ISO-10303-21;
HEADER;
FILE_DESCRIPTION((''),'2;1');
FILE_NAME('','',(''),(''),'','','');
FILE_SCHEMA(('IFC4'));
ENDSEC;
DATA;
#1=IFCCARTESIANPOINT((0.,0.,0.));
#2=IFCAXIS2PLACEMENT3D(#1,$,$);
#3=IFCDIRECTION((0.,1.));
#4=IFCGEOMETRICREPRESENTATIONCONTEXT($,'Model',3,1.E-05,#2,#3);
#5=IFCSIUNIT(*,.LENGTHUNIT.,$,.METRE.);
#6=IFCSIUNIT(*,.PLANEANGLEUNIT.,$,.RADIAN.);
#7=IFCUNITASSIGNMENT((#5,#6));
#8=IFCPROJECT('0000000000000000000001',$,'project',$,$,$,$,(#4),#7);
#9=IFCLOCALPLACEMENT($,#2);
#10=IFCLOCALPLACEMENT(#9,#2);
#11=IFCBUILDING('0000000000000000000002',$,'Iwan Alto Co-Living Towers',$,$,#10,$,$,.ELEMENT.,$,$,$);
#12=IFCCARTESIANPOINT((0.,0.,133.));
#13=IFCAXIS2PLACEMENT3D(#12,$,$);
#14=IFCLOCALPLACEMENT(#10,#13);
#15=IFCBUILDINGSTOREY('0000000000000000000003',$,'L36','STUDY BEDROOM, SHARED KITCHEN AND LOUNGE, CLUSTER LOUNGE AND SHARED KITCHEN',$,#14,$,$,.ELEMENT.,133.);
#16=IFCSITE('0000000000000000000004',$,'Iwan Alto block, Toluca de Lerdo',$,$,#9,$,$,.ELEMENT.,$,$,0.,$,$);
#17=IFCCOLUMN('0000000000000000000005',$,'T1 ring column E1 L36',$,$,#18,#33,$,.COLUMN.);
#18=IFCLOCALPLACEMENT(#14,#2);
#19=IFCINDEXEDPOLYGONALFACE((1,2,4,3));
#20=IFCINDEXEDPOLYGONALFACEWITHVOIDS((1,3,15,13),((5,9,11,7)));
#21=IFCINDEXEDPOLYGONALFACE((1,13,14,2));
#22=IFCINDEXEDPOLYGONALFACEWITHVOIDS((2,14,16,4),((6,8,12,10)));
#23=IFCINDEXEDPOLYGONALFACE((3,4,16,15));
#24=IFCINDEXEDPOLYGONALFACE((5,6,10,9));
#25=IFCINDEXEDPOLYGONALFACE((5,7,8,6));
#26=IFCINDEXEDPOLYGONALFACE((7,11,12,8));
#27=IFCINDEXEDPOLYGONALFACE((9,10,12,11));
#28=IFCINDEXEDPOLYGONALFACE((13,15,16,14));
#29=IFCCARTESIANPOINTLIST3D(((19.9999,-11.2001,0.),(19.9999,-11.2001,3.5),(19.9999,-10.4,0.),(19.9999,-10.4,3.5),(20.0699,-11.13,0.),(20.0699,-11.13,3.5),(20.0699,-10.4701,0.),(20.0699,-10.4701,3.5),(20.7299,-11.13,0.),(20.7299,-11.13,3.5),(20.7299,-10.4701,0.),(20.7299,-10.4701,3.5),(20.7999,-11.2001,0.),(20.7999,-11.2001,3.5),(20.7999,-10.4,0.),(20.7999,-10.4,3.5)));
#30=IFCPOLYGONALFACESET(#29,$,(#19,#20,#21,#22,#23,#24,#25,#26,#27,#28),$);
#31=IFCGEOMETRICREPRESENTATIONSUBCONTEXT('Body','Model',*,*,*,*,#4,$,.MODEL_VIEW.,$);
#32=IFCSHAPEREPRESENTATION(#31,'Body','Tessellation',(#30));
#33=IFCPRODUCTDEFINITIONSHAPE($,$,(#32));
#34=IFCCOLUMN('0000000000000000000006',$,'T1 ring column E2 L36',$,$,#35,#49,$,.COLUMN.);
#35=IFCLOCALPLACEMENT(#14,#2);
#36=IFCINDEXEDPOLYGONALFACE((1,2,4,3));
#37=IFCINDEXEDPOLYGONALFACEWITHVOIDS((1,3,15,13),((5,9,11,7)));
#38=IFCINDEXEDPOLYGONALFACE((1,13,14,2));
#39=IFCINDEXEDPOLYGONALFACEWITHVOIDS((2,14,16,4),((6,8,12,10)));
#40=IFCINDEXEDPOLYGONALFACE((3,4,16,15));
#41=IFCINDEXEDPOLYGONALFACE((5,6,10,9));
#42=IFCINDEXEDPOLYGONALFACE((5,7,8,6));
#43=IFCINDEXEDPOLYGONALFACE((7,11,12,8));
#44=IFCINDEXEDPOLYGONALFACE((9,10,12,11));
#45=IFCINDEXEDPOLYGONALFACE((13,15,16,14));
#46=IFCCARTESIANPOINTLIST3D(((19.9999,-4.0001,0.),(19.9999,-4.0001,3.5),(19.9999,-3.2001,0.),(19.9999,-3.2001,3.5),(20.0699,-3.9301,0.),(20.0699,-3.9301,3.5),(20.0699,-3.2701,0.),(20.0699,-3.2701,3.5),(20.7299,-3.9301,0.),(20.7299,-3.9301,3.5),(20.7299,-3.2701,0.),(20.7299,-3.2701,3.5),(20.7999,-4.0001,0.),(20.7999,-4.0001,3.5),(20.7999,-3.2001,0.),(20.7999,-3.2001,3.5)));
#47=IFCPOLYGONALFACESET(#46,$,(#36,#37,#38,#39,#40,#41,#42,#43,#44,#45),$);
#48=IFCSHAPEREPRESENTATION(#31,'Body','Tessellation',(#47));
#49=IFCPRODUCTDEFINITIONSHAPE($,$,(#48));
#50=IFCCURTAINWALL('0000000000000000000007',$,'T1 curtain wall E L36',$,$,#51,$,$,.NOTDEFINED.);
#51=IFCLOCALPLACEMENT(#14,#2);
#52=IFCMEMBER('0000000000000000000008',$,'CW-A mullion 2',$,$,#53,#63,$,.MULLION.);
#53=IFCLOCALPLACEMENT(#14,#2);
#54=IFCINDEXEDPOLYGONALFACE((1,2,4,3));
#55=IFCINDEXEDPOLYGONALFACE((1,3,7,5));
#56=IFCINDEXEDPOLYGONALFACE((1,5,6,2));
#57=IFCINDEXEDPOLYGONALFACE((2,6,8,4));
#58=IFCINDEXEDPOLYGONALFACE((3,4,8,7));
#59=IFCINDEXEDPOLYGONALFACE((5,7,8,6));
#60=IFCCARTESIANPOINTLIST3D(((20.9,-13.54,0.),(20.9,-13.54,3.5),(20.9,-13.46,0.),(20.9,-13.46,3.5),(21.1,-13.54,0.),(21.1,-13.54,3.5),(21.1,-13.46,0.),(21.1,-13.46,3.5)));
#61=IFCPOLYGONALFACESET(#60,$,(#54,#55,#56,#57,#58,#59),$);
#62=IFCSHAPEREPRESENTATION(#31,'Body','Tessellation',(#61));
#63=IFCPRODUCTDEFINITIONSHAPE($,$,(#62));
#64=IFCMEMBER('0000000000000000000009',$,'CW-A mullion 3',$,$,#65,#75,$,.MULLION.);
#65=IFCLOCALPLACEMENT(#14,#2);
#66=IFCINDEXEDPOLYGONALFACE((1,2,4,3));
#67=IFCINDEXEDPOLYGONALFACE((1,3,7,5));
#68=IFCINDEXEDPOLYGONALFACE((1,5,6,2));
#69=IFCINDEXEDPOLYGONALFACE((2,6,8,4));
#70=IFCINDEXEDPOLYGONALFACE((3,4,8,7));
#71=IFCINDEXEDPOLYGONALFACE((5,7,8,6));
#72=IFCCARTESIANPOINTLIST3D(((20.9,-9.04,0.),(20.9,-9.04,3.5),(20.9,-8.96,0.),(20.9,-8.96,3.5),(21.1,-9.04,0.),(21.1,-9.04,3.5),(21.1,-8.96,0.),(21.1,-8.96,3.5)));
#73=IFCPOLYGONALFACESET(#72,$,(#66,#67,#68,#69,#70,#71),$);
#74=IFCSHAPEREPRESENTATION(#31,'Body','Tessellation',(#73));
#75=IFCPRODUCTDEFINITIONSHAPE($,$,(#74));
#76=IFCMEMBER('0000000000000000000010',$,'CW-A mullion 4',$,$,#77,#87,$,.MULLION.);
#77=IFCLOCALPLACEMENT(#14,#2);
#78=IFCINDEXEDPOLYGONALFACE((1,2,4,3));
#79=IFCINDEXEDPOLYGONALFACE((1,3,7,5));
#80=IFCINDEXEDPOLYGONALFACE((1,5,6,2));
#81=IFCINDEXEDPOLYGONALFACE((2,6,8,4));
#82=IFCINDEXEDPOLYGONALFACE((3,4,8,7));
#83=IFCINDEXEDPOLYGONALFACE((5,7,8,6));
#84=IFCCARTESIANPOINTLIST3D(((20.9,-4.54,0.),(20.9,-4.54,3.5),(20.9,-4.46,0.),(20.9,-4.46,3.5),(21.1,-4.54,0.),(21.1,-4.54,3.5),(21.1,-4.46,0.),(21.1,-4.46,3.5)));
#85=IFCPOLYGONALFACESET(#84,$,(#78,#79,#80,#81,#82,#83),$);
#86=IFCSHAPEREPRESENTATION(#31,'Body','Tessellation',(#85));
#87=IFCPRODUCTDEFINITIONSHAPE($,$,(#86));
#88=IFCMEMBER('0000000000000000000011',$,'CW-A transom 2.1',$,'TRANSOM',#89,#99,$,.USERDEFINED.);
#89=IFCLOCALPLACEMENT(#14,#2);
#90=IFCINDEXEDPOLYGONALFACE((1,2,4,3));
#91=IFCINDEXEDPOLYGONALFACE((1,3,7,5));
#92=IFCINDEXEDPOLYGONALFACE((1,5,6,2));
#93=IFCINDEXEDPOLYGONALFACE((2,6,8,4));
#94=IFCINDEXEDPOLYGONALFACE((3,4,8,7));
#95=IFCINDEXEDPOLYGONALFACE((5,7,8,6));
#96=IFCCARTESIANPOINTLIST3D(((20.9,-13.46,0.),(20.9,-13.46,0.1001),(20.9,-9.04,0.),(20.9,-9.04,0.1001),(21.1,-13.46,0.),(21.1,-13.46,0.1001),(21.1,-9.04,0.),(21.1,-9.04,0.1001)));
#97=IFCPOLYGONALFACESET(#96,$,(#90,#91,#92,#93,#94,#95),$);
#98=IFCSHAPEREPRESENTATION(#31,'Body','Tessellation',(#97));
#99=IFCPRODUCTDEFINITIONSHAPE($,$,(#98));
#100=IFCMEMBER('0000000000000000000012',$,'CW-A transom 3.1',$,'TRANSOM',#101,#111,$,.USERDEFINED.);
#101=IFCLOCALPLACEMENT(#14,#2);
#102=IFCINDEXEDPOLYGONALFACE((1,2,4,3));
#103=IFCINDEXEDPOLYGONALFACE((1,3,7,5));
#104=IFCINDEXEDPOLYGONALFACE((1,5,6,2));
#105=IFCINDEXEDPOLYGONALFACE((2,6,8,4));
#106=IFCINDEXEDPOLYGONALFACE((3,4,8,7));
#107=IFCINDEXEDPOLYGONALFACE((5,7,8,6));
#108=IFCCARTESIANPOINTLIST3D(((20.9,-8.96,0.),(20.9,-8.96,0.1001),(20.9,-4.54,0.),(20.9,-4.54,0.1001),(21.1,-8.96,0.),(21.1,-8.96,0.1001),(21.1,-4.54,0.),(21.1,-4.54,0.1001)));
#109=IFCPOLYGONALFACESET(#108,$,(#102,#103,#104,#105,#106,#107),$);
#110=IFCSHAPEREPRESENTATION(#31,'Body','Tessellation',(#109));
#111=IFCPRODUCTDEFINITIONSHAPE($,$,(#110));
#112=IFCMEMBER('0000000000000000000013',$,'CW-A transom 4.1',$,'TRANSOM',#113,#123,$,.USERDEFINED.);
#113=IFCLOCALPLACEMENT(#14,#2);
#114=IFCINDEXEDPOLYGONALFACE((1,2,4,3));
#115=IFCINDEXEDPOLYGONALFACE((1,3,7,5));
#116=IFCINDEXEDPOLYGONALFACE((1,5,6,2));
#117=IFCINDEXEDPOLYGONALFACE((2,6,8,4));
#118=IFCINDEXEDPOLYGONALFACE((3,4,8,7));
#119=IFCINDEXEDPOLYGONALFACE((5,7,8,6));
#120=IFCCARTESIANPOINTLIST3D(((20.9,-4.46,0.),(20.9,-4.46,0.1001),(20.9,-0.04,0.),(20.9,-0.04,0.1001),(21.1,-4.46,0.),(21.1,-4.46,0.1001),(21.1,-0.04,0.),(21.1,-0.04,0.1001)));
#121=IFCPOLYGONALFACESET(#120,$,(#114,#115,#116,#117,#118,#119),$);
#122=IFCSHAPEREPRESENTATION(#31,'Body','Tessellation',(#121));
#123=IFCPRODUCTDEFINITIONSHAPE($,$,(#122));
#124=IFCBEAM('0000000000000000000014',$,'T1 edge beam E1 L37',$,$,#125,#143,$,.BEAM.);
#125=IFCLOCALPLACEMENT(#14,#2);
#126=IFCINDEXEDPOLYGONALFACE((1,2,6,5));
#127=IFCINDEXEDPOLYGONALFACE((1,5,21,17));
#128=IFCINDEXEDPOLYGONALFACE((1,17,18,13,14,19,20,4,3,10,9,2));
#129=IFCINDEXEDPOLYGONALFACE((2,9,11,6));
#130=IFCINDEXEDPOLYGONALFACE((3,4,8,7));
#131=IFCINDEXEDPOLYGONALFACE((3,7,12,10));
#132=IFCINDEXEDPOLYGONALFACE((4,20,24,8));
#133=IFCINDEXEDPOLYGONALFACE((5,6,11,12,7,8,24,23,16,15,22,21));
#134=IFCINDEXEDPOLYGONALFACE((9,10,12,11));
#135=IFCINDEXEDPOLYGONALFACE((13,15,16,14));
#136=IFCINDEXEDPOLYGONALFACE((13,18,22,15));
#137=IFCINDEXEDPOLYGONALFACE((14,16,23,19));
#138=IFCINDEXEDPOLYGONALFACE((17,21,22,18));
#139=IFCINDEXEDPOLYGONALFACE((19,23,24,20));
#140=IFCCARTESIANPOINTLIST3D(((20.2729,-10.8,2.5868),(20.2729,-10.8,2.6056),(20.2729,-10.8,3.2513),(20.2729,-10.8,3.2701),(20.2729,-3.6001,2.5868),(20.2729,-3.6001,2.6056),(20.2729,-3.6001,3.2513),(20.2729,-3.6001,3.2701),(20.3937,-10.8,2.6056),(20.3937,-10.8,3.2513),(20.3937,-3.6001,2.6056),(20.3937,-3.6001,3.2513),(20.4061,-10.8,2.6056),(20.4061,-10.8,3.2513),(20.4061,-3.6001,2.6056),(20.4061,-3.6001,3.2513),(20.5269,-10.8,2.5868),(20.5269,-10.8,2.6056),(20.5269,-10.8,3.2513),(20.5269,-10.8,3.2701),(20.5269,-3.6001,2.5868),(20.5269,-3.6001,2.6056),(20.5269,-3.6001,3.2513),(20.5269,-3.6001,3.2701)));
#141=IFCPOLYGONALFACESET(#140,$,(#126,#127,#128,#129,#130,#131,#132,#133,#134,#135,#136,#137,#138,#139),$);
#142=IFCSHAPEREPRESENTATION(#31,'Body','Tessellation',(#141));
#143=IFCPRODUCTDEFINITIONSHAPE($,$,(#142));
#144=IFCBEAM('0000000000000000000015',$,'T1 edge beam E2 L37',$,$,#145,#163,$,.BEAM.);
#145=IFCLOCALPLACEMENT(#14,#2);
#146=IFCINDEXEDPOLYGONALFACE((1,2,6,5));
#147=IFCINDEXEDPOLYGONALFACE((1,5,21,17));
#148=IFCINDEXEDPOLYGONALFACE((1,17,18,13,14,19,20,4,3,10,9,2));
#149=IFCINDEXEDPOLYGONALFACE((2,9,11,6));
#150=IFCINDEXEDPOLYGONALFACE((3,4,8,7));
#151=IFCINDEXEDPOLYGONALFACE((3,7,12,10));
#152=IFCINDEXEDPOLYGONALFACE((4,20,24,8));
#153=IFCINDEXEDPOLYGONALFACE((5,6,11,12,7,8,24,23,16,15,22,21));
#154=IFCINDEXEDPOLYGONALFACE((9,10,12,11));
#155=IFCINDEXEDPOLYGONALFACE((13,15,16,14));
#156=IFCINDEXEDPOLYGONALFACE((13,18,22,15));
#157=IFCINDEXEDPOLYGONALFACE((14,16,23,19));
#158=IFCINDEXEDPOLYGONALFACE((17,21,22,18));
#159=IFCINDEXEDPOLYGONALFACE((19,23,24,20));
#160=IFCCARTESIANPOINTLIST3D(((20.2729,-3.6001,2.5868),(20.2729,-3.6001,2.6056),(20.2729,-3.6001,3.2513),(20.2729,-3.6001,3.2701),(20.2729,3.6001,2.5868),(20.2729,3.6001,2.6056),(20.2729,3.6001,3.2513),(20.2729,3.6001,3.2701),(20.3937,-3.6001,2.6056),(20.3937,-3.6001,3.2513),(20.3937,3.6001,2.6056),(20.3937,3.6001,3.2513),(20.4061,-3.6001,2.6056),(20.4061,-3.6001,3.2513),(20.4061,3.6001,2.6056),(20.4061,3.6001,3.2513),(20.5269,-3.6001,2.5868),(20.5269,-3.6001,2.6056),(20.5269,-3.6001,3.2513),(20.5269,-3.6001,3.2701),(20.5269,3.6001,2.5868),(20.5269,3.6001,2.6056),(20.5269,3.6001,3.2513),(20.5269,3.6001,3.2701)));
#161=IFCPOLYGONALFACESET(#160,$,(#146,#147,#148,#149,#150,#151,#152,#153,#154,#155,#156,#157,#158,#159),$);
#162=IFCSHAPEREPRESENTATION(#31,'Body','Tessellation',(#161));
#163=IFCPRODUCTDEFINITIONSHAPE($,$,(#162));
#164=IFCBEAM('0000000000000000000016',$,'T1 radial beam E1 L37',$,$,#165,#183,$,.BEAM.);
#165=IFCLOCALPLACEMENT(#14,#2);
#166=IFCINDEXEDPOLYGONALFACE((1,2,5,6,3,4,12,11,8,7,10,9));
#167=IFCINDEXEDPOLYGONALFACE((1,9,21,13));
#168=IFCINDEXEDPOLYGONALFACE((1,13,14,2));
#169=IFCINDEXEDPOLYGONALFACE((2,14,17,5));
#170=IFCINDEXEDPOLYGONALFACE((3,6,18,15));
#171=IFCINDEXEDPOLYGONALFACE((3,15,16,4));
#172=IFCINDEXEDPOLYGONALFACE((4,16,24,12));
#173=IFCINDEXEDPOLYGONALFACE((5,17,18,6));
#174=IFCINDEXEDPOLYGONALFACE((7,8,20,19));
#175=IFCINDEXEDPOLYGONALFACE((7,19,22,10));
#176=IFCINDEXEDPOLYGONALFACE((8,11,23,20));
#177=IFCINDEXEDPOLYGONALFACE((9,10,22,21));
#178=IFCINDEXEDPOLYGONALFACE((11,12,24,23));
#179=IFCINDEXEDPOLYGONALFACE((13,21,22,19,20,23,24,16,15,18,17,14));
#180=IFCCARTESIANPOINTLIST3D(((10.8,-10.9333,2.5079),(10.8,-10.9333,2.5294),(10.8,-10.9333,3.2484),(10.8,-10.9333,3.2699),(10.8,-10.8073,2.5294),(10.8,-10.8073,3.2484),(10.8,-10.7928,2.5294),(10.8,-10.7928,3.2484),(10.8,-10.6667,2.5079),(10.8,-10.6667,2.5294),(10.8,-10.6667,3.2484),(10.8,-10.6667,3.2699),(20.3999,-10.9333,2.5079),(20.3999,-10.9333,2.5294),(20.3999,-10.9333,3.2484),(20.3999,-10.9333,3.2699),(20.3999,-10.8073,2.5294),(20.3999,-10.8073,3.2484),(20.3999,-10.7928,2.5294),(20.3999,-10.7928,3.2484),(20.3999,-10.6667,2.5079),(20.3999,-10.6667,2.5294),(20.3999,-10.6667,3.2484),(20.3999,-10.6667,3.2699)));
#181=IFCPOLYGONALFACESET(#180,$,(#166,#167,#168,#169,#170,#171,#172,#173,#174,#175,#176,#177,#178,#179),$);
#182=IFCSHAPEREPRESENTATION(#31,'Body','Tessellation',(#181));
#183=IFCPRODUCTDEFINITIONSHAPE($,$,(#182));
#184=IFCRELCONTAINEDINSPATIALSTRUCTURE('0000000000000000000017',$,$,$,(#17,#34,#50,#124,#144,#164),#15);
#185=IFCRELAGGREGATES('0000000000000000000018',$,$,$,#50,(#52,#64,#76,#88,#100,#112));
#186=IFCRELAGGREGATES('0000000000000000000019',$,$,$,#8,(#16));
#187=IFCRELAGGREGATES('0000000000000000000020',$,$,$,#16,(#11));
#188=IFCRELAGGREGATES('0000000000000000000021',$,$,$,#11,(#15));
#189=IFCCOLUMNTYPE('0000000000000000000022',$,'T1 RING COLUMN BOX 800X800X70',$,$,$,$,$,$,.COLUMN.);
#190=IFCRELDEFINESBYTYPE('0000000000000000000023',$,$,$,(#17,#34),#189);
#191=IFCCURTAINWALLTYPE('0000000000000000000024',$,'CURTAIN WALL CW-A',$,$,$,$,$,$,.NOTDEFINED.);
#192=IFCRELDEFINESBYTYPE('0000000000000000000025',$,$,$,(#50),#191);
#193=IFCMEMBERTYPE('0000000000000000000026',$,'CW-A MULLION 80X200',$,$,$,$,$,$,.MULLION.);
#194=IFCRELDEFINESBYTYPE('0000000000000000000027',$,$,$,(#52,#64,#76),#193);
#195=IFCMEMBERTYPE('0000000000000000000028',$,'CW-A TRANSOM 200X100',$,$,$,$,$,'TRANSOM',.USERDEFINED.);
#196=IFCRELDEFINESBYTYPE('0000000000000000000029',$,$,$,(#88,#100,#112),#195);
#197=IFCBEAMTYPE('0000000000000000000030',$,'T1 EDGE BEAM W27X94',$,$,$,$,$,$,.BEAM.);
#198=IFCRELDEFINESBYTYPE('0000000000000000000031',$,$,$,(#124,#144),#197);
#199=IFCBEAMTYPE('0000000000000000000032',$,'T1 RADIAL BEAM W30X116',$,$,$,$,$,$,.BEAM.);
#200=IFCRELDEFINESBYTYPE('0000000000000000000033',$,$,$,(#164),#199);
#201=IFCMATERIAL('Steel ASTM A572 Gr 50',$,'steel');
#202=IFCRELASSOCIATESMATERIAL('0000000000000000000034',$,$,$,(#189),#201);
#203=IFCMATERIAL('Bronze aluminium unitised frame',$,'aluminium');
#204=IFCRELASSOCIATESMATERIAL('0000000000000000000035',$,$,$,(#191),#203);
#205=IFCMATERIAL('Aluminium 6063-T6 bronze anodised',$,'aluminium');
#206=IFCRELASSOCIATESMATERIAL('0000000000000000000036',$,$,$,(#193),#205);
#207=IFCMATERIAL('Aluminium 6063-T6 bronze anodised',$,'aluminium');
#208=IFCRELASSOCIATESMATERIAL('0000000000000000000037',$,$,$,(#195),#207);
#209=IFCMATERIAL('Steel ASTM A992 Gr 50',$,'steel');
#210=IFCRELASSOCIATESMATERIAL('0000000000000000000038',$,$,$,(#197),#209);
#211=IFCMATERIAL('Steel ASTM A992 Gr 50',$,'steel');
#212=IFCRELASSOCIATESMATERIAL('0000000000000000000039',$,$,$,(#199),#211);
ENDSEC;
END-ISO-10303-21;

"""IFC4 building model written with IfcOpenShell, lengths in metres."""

from ifc_helpers import new_model, si_unit, direction, frame, origin, origin_2d, place, context, subcontext, project, spatial, rectangle, hollow_rectangle, i_section, extrude, material, material_profile, profile_set, type_object, element, aggregate, save


model = new_model("IFC4")

# Units and contexts
model_context = context("Model", 3, precision=1e-05, world=origin(), true_north=direction((0.0, 1.0)))
body_context = subcontext(model_context, "Body", "Model", "MODEL_VIEW")
ifc_project = project(units=[si_unit("LENGTHUNIT", "METRE"), si_unit("PLANEANGLEUNIT", "RADIAN")], contexts=[model_context])

# Site, building, storey
site_placement = place(None, origin())
site = spatial("IfcSite", under=ifc_project, at=site_placement, Name="Iwan Alto block, Toluca de Lerdo", CompositionType="ELEMENT", RefElevation=0.0)
building_placement = place(site_placement, origin())
building = spatial("IfcBuilding", under=site, at=building_placement, Name="Iwan Alto Co-Living Towers", CompositionType="ELEMENT")
storey_placement = place(building_placement, frame((0.0, 0.0, 133.0)))
storey = spatial("IfcBuildingStorey", under=building, at=storey_placement, Name="L36", Description="STUDY BEDROOM, SHARED KITCHEN AND LOUNGE, CLUSTER LOUNGE AND SHARED KITCHEN", CompositionType="ELEMENT", Elevation=133.0)

# Columns
ifc_material_1 = material(Name="Steel ASTM A572 Gr 50", Category="steel")
ifc_material_profile_1 = material_profile(ifc_material_1, hollow_rectangle(XDim=0.8, YDim=0.8, WallThickness=0.0701, at=origin_2d()), Name="BOX 800X800X70")
ifc_profile_set_1 = profile_set([ifc_material_profile_1], Name="Steel ASTM A572 Gr 50")
column_type = type_object("IfcColumnType", Name="T1 RING COLUMN BOX 800X800X70", PredefinedType="COLUMN", material=ifc_profile_set_1)
for number, where, z_axis, x_axis, name in (
    (1, (20.3999, -10.8, 0.0), (0.0, 0.0, 1.0), (1.0, 0.0, 0.0), "T1 ring column E1 L36"),
    (2, (20.3999, -3.6001, 0.0), (0.0, 0.0, 1.0), (1.0, 0.0, 0.0), "T1 ring column E2 L36"),
):
    element("IfcColumn", number, at=place(storey_placement, frame(where, z_axis=z_axis, x_axis=x_axis)), inside=storey, type_object=column_type, Name=name, PredefinedType="COLUMN", context=body_context, shape_type="SweptSolid", body=[
        extrude(hollow_rectangle(XDim=0.8, YDim=0.8, WallThickness=0.0701, at=origin_2d()), origin(), (0.0, 0.0, 1.0), 3.5),
    ])

# Curtain wall, members
ifc_material_2 = material(Name="Bronze aluminium unitised frame", Category="aluminium")
curtain_wall_type = type_object("IfcCurtainWallType", Name="CURTAIN WALL CW-A", PredefinedType="NOTDEFINED", material=ifc_material_2)
curtain_wall_placement = place(storey_placement, origin())
curtain_wall = element("IfcCurtainWall", 3, at=curtain_wall_placement, inside=storey, type_object=curtain_wall_type, Name="T1 curtain wall E L36", PredefinedType="NOTDEFINED")
ifc_material_3 = material(Name="Aluminium 6063-T6 bronze anodised", Category="aluminium")
ifc_material_profile_2 = material_profile(ifc_material_3, rectangle(XDim=0.2, YDim=0.0801, at=origin_2d()), Name="AL 80X200")
ifc_profile_set_2 = profile_set([ifc_material_profile_2], Name="Aluminium 6063-T6 bronze anodised")
member_type_1 = type_object("IfcMemberType", Name="CW-A MULLION 80X200", PredefinedType="MULLION", material=ifc_profile_set_2)
member_1_placement = place(storey_placement, frame((21.0, -13.5, 0.0), z_axis=(0.0, 0.0, 1.0), x_axis=(-1.0, 0.0, 0.0)))
member_1 = element("IfcMember", 4, at=member_1_placement, type_object=member_type_1, Name="CW-A mullion 2", PredefinedType="MULLION", context=body_context, shape_type="SweptSolid", body=[
    extrude(rectangle(XDim=0.2, YDim=0.0801, at=origin_2d()), origin(), (0.0, 0.0, 1.0), 3.5),
])
member_2_placement = place(storey_placement, frame((21.0, -9.0, 0.0), z_axis=(0.0, 0.0, 1.0), x_axis=(-1.0, 0.0, 0.0)))
member_2 = element("IfcMember", 5, at=member_2_placement, type_object=member_type_1, Name="CW-A mullion 3", PredefinedType="MULLION", context=body_context, shape_type="SweptSolid", body=[
    extrude(rectangle(XDim=0.2, YDim=0.0801, at=origin_2d()), origin(), (0.0, 0.0, 1.0), 3.5),
])
member_3_placement = place(storey_placement, frame((21.0, -4.5, 0.0), z_axis=(0.0, 0.0, 1.0), x_axis=(-1.0, 0.0, 0.0)))
member_3 = element("IfcMember", 6, at=member_3_placement, type_object=member_type_1, Name="CW-A mullion 4", PredefinedType="MULLION", context=body_context, shape_type="SweptSolid", body=[
    extrude(rectangle(XDim=0.2, YDim=0.0801, at=origin_2d()), origin(), (0.0, 0.0, 1.0), 3.5),
])
ifc_material_4 = material(Name="Aluminium 6063-T6 bronze anodised", Category="aluminium")
ifc_material_profile_3 = material_profile(ifc_material_4, rectangle(XDim=0.2, YDim=0.1001, at=origin_2d()), Name="AL 200X100")
ifc_profile_set_3 = profile_set([ifc_material_profile_3], Name="Aluminium 6063-T6 bronze anodised")
member_type_2 = type_object("IfcMemberType", Name="CW-A TRANSOM 200X100", ElementType="TRANSOM", PredefinedType="USERDEFINED", material=ifc_profile_set_3)
member_4_placement = place(storey_placement, frame((21.0, -13.46, 0.05), z_axis=(0.0, 1.0, 0.0), x_axis=(-1.0, 0.0, 0.0)))
member_4 = element("IfcMember", 7, at=member_4_placement, type_object=member_type_2, Name="CW-A transom 2.1", ObjectType="TRANSOM", PredefinedType="USERDEFINED", context=body_context, shape_type="SweptSolid", body=[
    extrude(rectangle(XDim=0.2, YDim=0.1001, at=origin_2d()), origin(), (0.0, 0.0, 1.0), 4.4199),
])
member_5_placement = place(storey_placement, frame((21.0, -8.96, 0.05), z_axis=(0.0, 1.0, 0.0), x_axis=(-1.0, 0.0, 0.0)))
member_5 = element("IfcMember", 8, at=member_5_placement, type_object=member_type_2, Name="CW-A transom 3.1", ObjectType="TRANSOM", PredefinedType="USERDEFINED", context=body_context, shape_type="SweptSolid", body=[
    extrude(rectangle(XDim=0.2, YDim=0.1001, at=origin_2d()), origin(), (0.0, 0.0, 1.0), 4.4199),
])
member_6_placement = place(storey_placement, frame((21.0, -4.46, 0.05), z_axis=(0.0, 1.0, 0.0), x_axis=(-1.0, 0.0, 0.0)))
member_6 = element("IfcMember", 9, at=member_6_placement, type_object=member_type_2, Name="CW-A transom 4.1", ObjectType="TRANSOM", PredefinedType="USERDEFINED", context=body_context, shape_type="SweptSolid", body=[
    extrude(rectangle(XDim=0.2, YDim=0.1001, at=origin_2d()), origin(), (0.0, 0.0, 1.0), 4.4199),
])

# Beams
ifc_material_5 = material(Name="Steel ASTM A992 Gr 50", Category="steel")
ifc_material_profile_4 = material_profile(ifc_material_5, i_section(OverallWidth=0.2539, OverallDepth=0.6833, WebThickness=0.0125, FlangeThickness=0.0188, at=origin_2d()), Name="W27X94")
ifc_profile_set_4 = profile_set([ifc_material_profile_4], Name="Steel ASTM A992 Gr 50")
beam_type_1 = type_object("IfcBeamType", Name="T1 EDGE BEAM W27X94", PredefinedType="BEAM", material=ifc_profile_set_4)
beam_1_placement = place(storey_placement, frame((20.3999, -10.8, 2.9285), z_axis=(0.0, 1.0, 0.0), x_axis=(-1.0, 0.0, 0.0)))
element("IfcBeam", 10, at=beam_1_placement, inside=storey, type_object=beam_type_1, Name="T1 edge beam E1 L37", PredefinedType="BEAM", context=body_context, shape_type="SweptSolid", body=[
    extrude(i_section(OverallWidth=0.2539, OverallDepth=0.6833, WebThickness=0.0125, FlangeThickness=0.0188, at=origin_2d()), origin(), (0.0, 0.0, 1.0), 7.2),
])
beam_2_placement = place(storey_placement, frame((20.3999, -3.6001, 2.9285), z_axis=(0.0, 1.0, 0.0), x_axis=(-1.0, 0.0, 0.0)))
element("IfcBeam", 11, at=beam_2_placement, inside=storey, type_object=beam_type_1, Name="T1 edge beam E2 L37", PredefinedType="BEAM", context=body_context, shape_type="SweptSolid", body=[
    extrude(i_section(OverallWidth=0.2539, OverallDepth=0.6833, WebThickness=0.0125, FlangeThickness=0.0188, at=origin_2d()), origin(), (0.0, 0.0, 1.0), 7.2002),
])
ifc_material_6 = material(Name="Steel ASTM A992 Gr 50", Category="steel")
ifc_material_profile_5 = material_profile(ifc_material_6, i_section(OverallWidth=0.2666, OverallDepth=0.762, WebThickness=0.0144, FlangeThickness=0.0215, at=origin_2d()), Name="W30X116")
ifc_profile_set_5 = profile_set([ifc_material_profile_5], Name="Steel ASTM A992 Gr 50")
beam_type_2 = type_object("IfcBeamType", Name="T1 RADIAL BEAM W30X116", PredefinedType="BEAM", material=ifc_profile_set_5)
beam_3_placement = place(storey_placement, frame((20.3999, -10.8, 2.8889), z_axis=(-1.0, 0.0, 0.0), x_axis=(0.0, -1.0, 0.0)))
element("IfcBeam", 12, at=beam_3_placement, inside=storey, type_object=beam_type_2, Name="T1 radial beam E1 L37", PredefinedType="BEAM", context=body_context, shape_type="SweptSolid", body=[
    extrude(i_section(OverallWidth=0.2666, OverallDepth=0.762, WebThickness=0.0144, FlangeThickness=0.0215, at=origin_2d()), origin(), (0.0, 0.0, 1.0), 9.5999),
])

aggregate(curtain_wall, [member_1, member_2, member_3, member_4, member_5, member_6])

save(model, "model.ifc")
